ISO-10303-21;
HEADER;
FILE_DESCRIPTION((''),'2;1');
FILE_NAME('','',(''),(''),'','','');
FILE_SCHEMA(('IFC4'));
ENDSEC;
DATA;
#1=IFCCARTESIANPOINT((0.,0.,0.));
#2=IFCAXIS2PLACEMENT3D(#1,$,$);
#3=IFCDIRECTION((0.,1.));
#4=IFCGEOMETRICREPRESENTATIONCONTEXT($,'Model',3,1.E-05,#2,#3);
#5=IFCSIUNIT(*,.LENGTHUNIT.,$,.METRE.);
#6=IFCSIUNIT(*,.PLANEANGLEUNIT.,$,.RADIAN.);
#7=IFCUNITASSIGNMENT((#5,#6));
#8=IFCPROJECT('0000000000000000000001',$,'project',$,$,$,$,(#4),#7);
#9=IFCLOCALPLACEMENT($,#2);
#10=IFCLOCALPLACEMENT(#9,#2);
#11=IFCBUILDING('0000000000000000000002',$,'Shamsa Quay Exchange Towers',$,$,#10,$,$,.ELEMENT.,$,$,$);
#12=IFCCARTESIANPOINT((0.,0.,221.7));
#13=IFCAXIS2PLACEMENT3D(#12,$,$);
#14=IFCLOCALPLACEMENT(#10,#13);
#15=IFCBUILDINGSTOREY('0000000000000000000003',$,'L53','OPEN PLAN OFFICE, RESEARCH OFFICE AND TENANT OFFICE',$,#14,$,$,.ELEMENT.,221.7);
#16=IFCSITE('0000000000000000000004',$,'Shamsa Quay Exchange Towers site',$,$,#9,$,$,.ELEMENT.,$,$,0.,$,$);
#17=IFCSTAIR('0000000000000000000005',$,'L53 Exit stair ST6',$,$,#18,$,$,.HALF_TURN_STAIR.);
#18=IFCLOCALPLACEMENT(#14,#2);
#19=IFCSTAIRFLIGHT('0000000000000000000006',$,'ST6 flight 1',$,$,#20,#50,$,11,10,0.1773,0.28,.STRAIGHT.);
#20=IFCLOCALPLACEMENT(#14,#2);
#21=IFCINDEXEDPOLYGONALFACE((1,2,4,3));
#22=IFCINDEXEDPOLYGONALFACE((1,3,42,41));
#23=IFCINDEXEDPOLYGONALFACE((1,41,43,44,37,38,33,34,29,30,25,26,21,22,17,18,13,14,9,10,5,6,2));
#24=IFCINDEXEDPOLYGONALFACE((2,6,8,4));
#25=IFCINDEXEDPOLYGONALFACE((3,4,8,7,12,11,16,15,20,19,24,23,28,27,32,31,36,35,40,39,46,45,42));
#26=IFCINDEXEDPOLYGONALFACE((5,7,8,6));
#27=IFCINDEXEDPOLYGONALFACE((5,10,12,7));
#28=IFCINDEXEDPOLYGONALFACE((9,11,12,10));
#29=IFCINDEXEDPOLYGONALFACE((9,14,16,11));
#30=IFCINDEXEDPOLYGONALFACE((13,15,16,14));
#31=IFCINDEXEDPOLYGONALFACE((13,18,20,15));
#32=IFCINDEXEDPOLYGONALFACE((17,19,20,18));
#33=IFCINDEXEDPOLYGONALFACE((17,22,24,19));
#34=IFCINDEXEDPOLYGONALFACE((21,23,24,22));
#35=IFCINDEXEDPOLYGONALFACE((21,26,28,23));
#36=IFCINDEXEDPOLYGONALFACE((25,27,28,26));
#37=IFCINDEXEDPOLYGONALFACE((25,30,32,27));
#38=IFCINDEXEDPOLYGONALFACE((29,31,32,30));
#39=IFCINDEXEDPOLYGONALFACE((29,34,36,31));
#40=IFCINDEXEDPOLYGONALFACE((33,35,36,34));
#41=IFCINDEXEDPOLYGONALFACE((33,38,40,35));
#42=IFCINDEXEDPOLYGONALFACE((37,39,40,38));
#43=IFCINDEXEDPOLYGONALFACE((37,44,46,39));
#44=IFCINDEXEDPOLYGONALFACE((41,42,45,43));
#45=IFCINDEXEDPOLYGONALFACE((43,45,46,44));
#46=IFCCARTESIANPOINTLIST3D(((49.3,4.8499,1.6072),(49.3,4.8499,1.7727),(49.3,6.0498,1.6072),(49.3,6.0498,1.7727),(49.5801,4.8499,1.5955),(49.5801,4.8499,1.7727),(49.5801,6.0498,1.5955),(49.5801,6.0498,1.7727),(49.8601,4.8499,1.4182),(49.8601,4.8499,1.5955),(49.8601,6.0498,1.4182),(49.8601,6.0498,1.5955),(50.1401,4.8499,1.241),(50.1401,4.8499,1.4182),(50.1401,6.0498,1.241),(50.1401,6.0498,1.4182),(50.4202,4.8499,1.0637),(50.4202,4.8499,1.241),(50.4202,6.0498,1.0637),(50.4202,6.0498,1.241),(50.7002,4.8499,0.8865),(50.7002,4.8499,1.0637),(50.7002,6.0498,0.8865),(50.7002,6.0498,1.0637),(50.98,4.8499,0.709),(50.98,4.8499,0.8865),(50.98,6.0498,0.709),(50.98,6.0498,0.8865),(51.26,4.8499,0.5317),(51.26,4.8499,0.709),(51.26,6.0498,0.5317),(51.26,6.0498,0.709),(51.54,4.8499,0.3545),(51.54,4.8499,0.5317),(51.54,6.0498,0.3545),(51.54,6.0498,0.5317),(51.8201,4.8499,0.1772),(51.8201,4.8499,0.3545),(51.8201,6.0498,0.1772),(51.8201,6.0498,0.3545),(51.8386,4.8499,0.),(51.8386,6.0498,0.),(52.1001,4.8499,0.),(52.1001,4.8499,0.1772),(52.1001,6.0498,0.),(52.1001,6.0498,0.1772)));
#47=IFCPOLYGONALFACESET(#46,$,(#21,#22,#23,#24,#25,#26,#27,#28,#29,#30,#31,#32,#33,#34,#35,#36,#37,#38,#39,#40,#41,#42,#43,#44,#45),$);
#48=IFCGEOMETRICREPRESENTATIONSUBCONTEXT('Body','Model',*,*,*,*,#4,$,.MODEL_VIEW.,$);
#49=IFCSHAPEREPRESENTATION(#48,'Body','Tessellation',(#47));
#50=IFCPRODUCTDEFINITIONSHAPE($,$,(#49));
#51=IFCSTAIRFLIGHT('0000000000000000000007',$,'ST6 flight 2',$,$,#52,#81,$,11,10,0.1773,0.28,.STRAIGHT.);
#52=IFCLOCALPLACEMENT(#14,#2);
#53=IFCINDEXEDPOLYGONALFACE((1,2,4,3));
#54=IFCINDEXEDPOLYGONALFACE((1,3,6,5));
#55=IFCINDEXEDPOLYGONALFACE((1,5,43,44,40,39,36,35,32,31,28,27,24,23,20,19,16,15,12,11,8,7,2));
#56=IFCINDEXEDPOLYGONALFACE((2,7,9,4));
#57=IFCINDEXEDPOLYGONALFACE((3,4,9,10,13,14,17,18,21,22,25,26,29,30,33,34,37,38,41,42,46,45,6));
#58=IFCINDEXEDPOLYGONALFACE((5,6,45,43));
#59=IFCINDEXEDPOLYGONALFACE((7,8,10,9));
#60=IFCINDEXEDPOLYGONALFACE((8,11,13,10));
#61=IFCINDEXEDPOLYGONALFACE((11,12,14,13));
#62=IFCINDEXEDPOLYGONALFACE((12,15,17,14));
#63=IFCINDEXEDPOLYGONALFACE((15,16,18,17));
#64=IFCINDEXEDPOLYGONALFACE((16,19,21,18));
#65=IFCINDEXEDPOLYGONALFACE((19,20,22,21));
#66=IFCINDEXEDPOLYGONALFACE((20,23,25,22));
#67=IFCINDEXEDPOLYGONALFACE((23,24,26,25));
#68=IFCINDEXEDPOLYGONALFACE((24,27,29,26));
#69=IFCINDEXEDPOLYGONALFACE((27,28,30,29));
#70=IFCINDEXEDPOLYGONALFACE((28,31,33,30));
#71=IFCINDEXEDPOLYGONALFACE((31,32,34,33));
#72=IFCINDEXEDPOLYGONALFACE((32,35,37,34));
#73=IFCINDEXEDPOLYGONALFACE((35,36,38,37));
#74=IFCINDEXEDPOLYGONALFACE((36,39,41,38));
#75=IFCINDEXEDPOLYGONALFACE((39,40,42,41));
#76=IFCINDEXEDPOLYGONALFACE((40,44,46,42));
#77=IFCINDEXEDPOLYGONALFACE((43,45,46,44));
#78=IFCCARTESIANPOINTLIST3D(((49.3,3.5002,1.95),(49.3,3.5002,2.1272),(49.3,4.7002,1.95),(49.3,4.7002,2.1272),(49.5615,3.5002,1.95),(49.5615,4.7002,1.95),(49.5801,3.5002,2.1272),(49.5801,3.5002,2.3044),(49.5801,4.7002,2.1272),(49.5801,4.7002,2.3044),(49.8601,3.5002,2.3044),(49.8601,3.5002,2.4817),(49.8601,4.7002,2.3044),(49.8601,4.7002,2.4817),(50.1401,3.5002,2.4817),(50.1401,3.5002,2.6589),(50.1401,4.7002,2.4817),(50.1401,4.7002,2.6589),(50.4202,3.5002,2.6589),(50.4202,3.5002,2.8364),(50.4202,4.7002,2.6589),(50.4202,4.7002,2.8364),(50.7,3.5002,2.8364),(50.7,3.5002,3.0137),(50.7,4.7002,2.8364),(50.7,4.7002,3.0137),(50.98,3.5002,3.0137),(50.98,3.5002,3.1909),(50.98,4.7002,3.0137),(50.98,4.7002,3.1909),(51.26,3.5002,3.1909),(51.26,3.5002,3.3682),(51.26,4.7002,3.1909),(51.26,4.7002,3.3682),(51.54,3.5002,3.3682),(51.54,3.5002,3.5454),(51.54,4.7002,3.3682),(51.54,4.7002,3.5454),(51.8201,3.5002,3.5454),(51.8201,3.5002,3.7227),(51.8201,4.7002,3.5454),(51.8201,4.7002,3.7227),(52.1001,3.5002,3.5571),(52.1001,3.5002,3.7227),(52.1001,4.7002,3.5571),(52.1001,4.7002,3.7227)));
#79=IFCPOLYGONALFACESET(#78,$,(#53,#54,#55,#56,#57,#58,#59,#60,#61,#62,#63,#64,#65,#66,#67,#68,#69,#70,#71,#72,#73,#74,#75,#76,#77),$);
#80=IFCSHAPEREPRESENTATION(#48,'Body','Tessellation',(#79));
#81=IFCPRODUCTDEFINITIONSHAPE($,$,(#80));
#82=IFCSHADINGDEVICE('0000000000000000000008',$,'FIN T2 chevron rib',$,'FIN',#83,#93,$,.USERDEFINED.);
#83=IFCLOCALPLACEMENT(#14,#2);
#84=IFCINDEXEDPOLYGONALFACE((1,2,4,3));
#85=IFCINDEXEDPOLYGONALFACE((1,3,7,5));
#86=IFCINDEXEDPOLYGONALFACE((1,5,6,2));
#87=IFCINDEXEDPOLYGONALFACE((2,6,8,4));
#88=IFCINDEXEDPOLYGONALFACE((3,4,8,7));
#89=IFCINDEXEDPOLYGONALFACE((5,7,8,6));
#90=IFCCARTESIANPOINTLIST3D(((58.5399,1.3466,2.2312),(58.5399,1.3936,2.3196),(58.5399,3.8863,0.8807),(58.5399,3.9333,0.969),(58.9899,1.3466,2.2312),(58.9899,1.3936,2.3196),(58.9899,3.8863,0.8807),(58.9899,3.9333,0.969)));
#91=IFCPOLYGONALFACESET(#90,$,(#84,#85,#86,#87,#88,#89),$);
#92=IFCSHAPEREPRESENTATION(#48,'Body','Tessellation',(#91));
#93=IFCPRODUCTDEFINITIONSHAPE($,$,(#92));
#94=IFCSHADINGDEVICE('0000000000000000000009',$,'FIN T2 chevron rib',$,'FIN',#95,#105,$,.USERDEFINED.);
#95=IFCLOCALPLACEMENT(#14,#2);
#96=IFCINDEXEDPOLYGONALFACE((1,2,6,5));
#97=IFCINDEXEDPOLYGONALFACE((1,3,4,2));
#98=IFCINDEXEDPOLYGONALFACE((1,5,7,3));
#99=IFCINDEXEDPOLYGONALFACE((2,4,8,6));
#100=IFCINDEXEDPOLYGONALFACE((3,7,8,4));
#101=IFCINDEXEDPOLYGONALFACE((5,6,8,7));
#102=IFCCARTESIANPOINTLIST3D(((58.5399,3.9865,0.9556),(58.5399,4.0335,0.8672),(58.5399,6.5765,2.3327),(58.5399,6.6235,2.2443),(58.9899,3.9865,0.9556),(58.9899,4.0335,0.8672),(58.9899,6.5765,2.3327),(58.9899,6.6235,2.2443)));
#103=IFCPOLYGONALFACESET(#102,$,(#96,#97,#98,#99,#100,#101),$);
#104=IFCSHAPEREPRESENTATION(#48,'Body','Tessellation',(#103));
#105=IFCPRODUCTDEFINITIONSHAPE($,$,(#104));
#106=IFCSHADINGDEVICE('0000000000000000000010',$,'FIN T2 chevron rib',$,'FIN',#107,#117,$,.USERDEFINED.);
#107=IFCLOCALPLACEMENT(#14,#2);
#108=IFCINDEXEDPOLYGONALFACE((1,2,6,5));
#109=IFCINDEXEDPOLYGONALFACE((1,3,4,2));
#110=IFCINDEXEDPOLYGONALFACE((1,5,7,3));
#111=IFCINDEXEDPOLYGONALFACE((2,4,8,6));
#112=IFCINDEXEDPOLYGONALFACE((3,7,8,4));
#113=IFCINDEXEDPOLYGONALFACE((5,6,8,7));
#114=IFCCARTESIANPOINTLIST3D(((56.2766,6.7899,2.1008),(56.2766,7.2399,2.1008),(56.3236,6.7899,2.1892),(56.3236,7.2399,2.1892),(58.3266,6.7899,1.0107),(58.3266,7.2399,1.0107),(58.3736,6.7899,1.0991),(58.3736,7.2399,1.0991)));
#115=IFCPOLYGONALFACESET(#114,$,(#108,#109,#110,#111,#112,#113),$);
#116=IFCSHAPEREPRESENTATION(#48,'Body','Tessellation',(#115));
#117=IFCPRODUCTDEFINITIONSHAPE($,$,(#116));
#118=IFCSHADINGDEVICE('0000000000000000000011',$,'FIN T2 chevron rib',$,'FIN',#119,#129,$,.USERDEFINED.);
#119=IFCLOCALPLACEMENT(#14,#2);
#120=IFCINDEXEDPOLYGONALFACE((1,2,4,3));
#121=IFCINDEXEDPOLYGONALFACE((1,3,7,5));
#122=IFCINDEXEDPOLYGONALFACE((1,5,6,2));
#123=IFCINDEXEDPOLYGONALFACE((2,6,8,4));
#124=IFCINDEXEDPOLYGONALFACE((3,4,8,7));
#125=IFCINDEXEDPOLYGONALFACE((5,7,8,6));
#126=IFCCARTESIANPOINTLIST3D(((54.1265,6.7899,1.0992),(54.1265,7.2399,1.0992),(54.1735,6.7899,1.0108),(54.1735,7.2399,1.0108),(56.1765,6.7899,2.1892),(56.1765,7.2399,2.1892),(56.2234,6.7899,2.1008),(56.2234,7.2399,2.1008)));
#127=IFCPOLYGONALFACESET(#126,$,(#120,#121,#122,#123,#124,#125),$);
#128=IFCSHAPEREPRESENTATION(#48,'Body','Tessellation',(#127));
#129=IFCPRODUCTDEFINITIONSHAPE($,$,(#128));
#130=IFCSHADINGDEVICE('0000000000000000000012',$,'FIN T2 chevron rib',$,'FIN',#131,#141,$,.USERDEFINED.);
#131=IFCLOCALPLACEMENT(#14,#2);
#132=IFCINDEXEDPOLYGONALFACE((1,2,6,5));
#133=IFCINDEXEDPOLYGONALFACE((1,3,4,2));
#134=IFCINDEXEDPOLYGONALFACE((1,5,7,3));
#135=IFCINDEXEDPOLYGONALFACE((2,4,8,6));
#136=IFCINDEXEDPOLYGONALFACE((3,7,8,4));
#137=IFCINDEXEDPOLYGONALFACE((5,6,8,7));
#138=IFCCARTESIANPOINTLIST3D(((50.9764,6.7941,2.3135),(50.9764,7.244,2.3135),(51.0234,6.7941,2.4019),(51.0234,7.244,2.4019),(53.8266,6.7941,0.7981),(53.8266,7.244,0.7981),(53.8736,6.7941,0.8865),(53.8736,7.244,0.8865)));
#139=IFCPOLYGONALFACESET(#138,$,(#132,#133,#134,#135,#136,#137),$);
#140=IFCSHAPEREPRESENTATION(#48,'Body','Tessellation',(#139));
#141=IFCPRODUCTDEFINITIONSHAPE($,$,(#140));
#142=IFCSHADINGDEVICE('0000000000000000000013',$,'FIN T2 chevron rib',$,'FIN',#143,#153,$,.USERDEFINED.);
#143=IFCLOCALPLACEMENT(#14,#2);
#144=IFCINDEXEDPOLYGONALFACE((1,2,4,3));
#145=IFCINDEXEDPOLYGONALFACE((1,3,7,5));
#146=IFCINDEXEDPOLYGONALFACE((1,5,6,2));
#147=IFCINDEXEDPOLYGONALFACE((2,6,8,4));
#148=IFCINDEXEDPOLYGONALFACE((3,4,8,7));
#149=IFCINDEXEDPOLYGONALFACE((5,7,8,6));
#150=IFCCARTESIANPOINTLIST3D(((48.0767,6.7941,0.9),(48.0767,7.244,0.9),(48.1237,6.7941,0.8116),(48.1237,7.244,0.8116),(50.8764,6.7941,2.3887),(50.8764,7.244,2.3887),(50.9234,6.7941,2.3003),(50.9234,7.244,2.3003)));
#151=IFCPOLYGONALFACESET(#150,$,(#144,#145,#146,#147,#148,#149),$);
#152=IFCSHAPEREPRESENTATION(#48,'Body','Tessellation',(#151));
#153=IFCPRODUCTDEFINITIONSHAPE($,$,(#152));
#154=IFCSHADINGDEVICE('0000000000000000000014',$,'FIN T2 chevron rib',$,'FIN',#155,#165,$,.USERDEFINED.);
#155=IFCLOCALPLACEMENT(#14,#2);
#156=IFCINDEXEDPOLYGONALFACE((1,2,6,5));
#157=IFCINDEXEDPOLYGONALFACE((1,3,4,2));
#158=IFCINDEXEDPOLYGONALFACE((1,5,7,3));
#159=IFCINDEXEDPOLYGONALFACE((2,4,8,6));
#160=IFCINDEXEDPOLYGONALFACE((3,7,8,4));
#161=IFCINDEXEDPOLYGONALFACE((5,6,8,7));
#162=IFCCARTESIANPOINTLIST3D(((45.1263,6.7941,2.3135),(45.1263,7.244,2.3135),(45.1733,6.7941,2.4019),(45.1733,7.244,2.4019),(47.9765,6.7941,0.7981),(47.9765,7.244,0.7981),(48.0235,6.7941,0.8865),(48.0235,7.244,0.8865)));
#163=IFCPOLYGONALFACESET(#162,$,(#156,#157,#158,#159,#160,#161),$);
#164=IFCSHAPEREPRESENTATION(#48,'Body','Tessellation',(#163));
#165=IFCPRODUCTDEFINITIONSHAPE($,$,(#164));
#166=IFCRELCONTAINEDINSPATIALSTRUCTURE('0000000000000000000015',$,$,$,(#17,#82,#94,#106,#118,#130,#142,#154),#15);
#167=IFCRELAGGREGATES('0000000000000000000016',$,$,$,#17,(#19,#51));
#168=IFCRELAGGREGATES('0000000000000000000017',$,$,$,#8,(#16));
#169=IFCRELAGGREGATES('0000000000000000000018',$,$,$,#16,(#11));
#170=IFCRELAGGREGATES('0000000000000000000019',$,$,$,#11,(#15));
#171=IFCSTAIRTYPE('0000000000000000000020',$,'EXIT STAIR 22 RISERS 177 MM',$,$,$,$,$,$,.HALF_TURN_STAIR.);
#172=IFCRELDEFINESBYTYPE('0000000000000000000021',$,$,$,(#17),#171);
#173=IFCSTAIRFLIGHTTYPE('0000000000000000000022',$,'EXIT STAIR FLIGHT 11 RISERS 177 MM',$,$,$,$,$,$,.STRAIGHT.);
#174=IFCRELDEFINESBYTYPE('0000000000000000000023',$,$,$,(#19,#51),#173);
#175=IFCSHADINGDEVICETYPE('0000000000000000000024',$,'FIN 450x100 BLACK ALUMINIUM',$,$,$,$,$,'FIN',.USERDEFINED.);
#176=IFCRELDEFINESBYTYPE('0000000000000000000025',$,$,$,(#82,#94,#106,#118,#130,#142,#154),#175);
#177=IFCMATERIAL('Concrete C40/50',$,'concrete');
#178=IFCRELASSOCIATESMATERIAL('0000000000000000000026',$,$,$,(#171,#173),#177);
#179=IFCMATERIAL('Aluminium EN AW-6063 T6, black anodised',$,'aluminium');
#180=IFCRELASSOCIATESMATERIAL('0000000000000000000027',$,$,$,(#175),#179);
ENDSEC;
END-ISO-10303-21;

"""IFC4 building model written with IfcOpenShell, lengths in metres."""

from ifc_helpers import new_model, si_unit, direction, frame, origin, origin_2d, place, context, subcontext, project, spatial, polyline, rectangle, outline, extrude, material, material_profile, profile_set, type_object, element, aggregate, save


model = new_model("IFC4")

# Units and contexts
model_context = context("Model", 3, precision=1e-05, world=origin(), true_north=direction((0.0, 1.0)))
body_context = subcontext(model_context, "Body", "Model", "MODEL_VIEW")
ifc_project = project(units=[si_unit("LENGTHUNIT", "METRE"), si_unit("PLANEANGLEUNIT", "RADIAN")], contexts=[model_context])

# Site, building, storey
site_placement = place(None, origin())
site = spatial("IfcSite", under=ifc_project, at=site_placement, Name="Shamsa Quay Exchange Towers site", CompositionType="ELEMENT", RefElevation=0.0)
building_placement = place(site_placement, origin())
building = spatial("IfcBuilding", under=site, at=building_placement, Name="Shamsa Quay Exchange Towers", CompositionType="ELEMENT")
storey_placement = place(building_placement, frame((0.0, 0.0, 221.7)))
storey = spatial("IfcBuildingStorey", under=building, at=storey_placement, Name="L53", Description="OPEN PLAN OFFICE, RESEARCH OFFICE AND TENANT OFFICE", CompositionType="ELEMENT", Elevation=221.7)

# Shared definitions
ifc_material_1 = material(Name="Aluminium EN AW-6063 T6, black anodised", Category="aluminium")

# Stair, stair flights
ifc_material_2 = material(Name="Concrete C40/50", Category="concrete")
stair_type = type_object("IfcStairType", Name="EXIT STAIR 22 RISERS 177 MM", PredefinedType="HALF_TURN_STAIR", material=ifc_material_2)
stair_placement = place(storey_placement, origin())
stair = element("IfcStair", 1, at=stair_placement, inside=storey, type_object=stair_type, Name="L53 Exit stair ST6", PredefinedType="HALF_TURN_STAIR")
stair_flight_type = type_object("IfcStairFlightType", Name="EXIT STAIR FLIGHT 11 RISERS 177 MM", PredefinedType="STRAIGHT", material=ifc_material_2)
stair_flight_1_placement = place(storey_placement, frame((52.1001, 5.45, 0.0), z_axis=(0.0, 0.0, 1.0), x_axis=(-1.0, 0.0, 0.0)))
stair_flight_1 = element("IfcStairFlight", 2, at=stair_flight_1_placement, type_object=stair_flight_type, Name="ST6 flight 1", NumberOfRisers=11, NumberOfTreads=10, PredefinedType="STRAIGHT", RiserHeight=0.1773, TreadLength=0.28, context=body_context, shape_type="SweptSolid", body=[
    extrude(outline(polyline([(0.0, 0.0), (0.0, 0.1772), (0.28, 0.1772), (0.28, 0.3545), (0.5601, 0.3545), (0.5601, 0.5317), (0.8401, 0.5317), (0.8401, 0.709), (1.1201, 0.709), (1.1201, 0.8865), (1.3999, 0.8865), (1.3999, 1.0637), (1.6799, 1.0637), (1.6799, 1.241), (1.96, 1.241), (1.96, 1.4182), (2.24, 1.4182), (2.24, 1.5955), (2.52, 1.5955), (2.52, 1.7727), (2.8, 1.7727), (2.8, 1.95), (2.8, 1.6072), (0.2615, 0.0), (0.0, 0.0)])), frame((0.0, 0.6001, 0.0), z_axis=(0.0, -1.0, 0.0), x_axis=(1.0, 0.0, 0.0)), (0.0, 0.0, 1.0), 1.2),
])
stair_flight_2_placement = place(storey_placement, frame((49.3, 4.1001, 1.95)))
stair_flight_2 = element("IfcStairFlight", 3, at=stair_flight_2_placement, type_object=stair_flight_type, Name="ST6 flight 2", NumberOfRisers=11, NumberOfTreads=10, PredefinedType="STRAIGHT", RiserHeight=0.1773, TreadLength=0.28, context=body_context, shape_type="SweptSolid", body=[
    extrude(outline(polyline([(0.0, 0.0), (0.0, 0.1772), (0.28, 0.1772), (0.28, 0.3545), (0.5601, 0.3545), (0.5601, 0.5317), (0.8401, 0.5317), (0.8401, 0.709), (1.1201, 0.709), (1.1201, 0.8865), (1.3999, 0.8865), (1.3999, 1.0637), (1.6799, 1.0637), (1.6799, 1.241), (1.96, 1.241), (1.96, 1.4182), (2.24, 1.4182), (2.24, 1.5955), (2.52, 1.5955), (2.52, 1.7727), (2.8, 1.7727), (2.8, 1.95), (2.8, 1.6072), (0.2615, 0.0), (0.0, 0.0)])), frame((0.0, 0.6001, 0.0), z_axis=(0.0, -1.0, 0.0), x_axis=(1.0, 0.0, 0.0)), (0.0, 0.0, 1.0), 1.2),
])
aggregate(stair, [stair_flight_1, stair_flight_2])

# Shading devices
ifc_material_profile_1 = material_profile(ifc_material_1, rectangle(XDim=0.45, YDim=0.1001, at=origin_2d()), Name="FIN450x100")
ifc_profile_set_1 = profile_set([ifc_material_profile_1], Name="Aluminium EN AW-6063 T6, black anodised")
shading_device_type = type_object("IfcShadingDeviceType", Name="FIN 450x100 BLACK ALUMINIUM", ElementType="FIN", PredefinedType="USERDEFINED", material=ifc_profile_set_1)
shading_device_1_placement = place(storey_placement, frame((58.7649, 1.3701, 2.2754), z_axis=(0.0, 0.882926, -0.469513), x_axis=(-1.0, 0.0, 0.0)))
element("IfcShadingDevice", 4, at=shading_device_1_placement, inside=storey, type_object=shading_device_type, Name="FIN T2 chevron rib", ObjectType="FIN", PredefinedType="USERDEFINED", context=body_context, shape_type="SweptSolid", body=[
    extrude(rectangle(XDim=0.45, YDim=0.1001, at=origin_2d()), origin(), (0.0, 0.0, 1.0), 2.8765),
])
shading_device_2_placement = place(storey_placement, frame((58.7649, 4.01, 0.9114), z_axis=(0.0, 0.882944, 0.469478), x_axis=(-1.0, 0.0, 0.0)))
element("IfcShadingDevice", 5, at=shading_device_2_placement, inside=storey, type_object=shading_device_type, Name="FIN T2 chevron rib", ObjectType="FIN", PredefinedType="USERDEFINED", context=body_context, shape_type="SweptSolid", body=[
    extrude(rectangle(XDim=0.45, YDim=0.1001, at=origin_2d()), origin(), (0.0, 0.0, 1.0), 2.9333),
])
for number, where, z_axis, x_axis, name in (
    (6, (58.3501, 7.0149, 1.0549), (-0.882937, 0.0, 0.469491), (0.0, -1.0, 0.0), "FIN T2 chevron rib"),
    (7, (56.2, 7.0149, 2.145), (-0.882937, 0.0, -0.469491), (0.0, -1.0, 0.0), "FIN T2 chevron rib"),
):
    element("IfcShadingDevice", number, at=place(storey_placement, frame(where, z_axis=z_axis, x_axis=x_axis)), inside=storey, type_object=shading_device_type, Name=name, ObjectType="FIN", PredefinedType="USERDEFINED", context=body_context, shape_type="SweptSolid", body=[
        extrude(rectangle(XDim=0.45, YDim=0.1001, at=origin_2d()), origin(), (0.0, 0.0, 1.0), 2.3218),
    ])
shading_device_3_placement = place(storey_placement, frame((53.8501, 7.019, 0.8423), z_axis=(-0.882953, 0.0, 0.469461), x_axis=(0.0, -1.0, 0.0)))
element("IfcShadingDevice", 8, at=shading_device_3_placement, inside=storey, type_object=shading_device_type, Name="FIN T2 chevron rib", ObjectType="FIN", PredefinedType="USERDEFINED", context=body_context, shape_type="SweptSolid", body=[
    extrude(rectangle(XDim=0.45, YDim=0.1001, at=origin_2d()), origin(), (0.0, 0.0, 1.0), 3.228),
])
shading_device_4_placement = place(storey_placement, frame((50.8999, 7.019, 2.3445), z_axis=(-0.882936, 0.0, -0.469493), x_axis=(0.0, -1.0, 0.0)))
element("IfcShadingDevice", 9, at=shading_device_4_placement, inside=storey, type_object=shading_device_type, Name="FIN T2 chevron rib", ObjectType="FIN", PredefinedType="USERDEFINED", context=body_context, shape_type="SweptSolid", body=[
    extrude(rectangle(XDim=0.45, YDim=0.1001, at=origin_2d()), origin(), (0.0, 0.0, 1.0), 3.1709),
])
shading_device_5_placement = place(storey_placement, frame((48.0, 7.019, 0.8423), z_axis=(-0.882953, 0.0, 0.469461), x_axis=(0.0, -1.0, 0.0)))
element("IfcShadingDevice", 10, at=shading_device_5_placement, inside=storey, type_object=shading_device_type, Name="FIN T2 chevron rib", ObjectType="FIN", PredefinedType="USERDEFINED", context=body_context, shape_type="SweptSolid", body=[
    extrude(rectangle(XDim=0.45, YDim=0.1001, at=origin_2d()), origin(), (0.0, 0.0, 1.0), 3.228),
])

save(model, "model.ifc")
